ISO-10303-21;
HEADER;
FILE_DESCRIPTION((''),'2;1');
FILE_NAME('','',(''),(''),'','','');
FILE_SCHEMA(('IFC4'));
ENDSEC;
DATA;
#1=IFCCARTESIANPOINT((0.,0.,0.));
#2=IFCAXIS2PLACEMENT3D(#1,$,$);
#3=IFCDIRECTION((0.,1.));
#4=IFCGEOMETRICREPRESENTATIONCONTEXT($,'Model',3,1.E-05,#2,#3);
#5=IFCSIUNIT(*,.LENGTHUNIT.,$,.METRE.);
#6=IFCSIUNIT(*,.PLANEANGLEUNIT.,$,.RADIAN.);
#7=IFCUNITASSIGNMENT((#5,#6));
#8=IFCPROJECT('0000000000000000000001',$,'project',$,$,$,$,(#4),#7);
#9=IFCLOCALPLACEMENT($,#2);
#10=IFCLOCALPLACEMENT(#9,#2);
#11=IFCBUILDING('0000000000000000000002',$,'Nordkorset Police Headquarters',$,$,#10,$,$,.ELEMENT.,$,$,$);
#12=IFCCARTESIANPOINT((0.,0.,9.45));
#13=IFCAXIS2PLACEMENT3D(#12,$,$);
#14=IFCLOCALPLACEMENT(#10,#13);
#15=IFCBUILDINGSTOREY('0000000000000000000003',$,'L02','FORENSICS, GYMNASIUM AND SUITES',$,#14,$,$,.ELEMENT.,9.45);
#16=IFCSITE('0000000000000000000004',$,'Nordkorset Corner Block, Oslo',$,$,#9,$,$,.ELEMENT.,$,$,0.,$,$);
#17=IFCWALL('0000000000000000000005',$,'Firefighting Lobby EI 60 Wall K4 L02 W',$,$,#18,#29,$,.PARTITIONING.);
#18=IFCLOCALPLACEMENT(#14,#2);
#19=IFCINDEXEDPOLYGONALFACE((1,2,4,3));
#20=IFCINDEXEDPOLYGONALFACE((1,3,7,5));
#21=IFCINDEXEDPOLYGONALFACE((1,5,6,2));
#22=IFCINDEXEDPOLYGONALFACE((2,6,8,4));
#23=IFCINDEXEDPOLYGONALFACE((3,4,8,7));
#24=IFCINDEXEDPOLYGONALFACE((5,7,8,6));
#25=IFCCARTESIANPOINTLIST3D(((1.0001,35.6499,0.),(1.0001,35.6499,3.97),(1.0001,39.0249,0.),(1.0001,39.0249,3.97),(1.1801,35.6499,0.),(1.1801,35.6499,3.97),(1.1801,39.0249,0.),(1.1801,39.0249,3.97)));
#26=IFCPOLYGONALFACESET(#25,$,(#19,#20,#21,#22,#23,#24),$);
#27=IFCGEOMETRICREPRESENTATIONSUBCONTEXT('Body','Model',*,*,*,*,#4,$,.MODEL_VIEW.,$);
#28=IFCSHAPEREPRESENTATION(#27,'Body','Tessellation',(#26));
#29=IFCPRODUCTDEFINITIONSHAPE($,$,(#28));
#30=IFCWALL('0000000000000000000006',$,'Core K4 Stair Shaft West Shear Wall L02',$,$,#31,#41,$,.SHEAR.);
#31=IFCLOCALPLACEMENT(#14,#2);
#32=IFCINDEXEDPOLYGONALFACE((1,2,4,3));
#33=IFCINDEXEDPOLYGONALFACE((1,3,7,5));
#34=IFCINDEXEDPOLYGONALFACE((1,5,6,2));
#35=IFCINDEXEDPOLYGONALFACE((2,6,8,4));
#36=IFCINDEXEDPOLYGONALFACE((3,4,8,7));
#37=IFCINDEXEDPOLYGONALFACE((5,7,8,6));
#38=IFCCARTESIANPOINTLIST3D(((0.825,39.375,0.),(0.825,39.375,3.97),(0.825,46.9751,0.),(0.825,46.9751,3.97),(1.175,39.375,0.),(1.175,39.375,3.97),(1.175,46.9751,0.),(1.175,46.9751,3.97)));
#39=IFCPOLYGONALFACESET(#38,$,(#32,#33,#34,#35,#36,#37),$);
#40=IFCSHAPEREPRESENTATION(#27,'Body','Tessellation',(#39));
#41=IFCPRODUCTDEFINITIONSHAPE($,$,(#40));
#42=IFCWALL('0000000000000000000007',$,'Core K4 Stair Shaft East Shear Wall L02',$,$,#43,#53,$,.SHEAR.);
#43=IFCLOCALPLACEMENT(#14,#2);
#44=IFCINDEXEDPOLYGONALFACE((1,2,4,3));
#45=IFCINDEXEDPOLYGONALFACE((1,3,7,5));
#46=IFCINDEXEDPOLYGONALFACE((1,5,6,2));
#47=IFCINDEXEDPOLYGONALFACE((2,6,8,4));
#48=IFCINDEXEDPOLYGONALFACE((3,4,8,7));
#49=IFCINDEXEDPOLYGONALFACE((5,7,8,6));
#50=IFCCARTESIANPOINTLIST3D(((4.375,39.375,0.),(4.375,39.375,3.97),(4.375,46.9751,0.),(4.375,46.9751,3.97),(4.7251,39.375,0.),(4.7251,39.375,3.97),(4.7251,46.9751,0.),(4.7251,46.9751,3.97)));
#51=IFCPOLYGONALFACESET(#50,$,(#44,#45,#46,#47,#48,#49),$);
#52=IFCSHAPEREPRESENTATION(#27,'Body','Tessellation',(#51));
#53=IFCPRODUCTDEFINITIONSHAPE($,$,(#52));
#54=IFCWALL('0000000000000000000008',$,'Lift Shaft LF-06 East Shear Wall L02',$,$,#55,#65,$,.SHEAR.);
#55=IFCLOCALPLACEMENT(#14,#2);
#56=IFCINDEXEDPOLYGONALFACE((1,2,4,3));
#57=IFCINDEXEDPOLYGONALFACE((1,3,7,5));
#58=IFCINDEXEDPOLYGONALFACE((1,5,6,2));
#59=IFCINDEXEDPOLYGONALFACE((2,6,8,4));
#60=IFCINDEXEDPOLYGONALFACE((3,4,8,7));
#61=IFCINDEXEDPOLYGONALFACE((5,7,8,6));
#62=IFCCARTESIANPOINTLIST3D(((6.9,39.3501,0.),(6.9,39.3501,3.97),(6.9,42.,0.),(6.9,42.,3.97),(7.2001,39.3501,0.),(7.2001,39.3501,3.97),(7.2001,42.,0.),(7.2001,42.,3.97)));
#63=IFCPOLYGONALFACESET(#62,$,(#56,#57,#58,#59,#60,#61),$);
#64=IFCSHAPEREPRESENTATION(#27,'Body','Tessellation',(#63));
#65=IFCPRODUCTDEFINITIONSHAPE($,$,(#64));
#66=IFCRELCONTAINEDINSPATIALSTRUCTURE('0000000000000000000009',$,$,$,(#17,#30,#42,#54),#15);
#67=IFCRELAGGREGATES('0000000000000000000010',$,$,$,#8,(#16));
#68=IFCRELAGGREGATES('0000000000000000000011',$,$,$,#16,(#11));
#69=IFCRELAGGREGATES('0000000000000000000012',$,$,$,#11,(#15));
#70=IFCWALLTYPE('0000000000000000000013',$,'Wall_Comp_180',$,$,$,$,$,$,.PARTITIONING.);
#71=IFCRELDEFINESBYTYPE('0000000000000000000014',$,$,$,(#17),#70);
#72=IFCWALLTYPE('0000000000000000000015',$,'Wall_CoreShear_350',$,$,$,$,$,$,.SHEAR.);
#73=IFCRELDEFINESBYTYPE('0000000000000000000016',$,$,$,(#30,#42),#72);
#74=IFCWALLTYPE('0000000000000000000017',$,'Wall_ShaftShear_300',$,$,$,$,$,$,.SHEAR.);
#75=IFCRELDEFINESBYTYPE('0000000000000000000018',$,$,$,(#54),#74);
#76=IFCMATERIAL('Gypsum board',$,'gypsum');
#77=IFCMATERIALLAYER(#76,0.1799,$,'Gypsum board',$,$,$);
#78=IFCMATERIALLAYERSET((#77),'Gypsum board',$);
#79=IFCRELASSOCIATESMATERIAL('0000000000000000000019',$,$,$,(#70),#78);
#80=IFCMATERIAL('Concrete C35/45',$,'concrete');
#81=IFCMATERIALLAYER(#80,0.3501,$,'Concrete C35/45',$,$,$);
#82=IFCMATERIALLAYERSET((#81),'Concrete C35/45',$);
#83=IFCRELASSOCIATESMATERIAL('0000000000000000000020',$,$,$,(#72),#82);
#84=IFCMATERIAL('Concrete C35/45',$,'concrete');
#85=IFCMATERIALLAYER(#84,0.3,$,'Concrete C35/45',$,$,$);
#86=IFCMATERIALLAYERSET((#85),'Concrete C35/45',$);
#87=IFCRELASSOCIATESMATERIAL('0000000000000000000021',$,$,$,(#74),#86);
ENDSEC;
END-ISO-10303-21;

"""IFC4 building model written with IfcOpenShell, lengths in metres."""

from ifc_helpers import new_model, si_unit, direction, frame, frame_2d, origin, place, context, subcontext, project, spatial, rectangle, extrude, material, layer, layer_set, type_object, element, save


model = new_model("IFC4")

# Units and contexts
model_context = context("Model", 3, precision=1e-05, world=origin(), true_north=direction((0.0, 1.0)))
body_context = subcontext(model_context, "Body", "Model", "MODEL_VIEW")
ifc_project = project(units=[si_unit("LENGTHUNIT", "METRE"), si_unit("PLANEANGLEUNIT", "RADIAN")], contexts=[model_context])

# Site, building, storey
site_placement = place(None, origin())
site = spatial("IfcSite", under=ifc_project, at=site_placement, Name="Nordkorset Corner Block, Oslo", CompositionType="ELEMENT", RefElevation=0.0)
building_placement = place(site_placement, origin())
building = spatial("IfcBuilding", under=site, at=building_placement, Name="Nordkorset Police Headquarters", CompositionType="ELEMENT")
storey_placement = place(building_placement, frame((0.0, 0.0, 9.45)))
storey = spatial("IfcBuildingStorey", under=building, at=storey_placement, Name="L02", Description="FORENSICS, GYMNASIUM AND SUITES", CompositionType="ELEMENT", Elevation=9.45)

# Wall
ifc_material_1 = material(Name="Gypsum board", Category="gypsum")
ifc_layer_1 = layer(ifc_material_1, 0.1799, Name="Gypsum board")
ifc_layer_set_1 = layer_set([ifc_layer_1], Name="Gypsum board")
wall_type_1 = type_object("IfcWallType", Name="Wall_Comp_180", PredefinedType="PARTITIONING", material=ifc_layer_set_1)
wall_1_placement = place(storey_placement, frame((1.0901, 35.6499, 0.0), z_axis=(0.0, 0.0, 1.0), x_axis=(0.0, 1.0, 0.0)))
element("IfcWall", 1, at=wall_1_placement, inside=storey, type_object=wall_type_1, Name="Firefighting Lobby EI 60 Wall K4 L02 W", PredefinedType="PARTITIONING", context=body_context, shape_type="SweptSolid", body=[
    extrude(rectangle(XDim=3.375, YDim=0.1799, at=frame_2d((1.6875, 0.0))), origin(), (0.0, 0.0, 1.0), 3.97),
])

# Walls
ifc_material_2 = material(Name="Concrete C35/45", Category="concrete")
ifc_layer_2 = layer(ifc_material_2, 0.3501, Name="Concrete C35/45")
ifc_layer_set_2 = layer_set([ifc_layer_2], Name="Concrete C35/45")
wall_type_2 = type_object("IfcWallType", Name="Wall_CoreShear_350", PredefinedType="SHEAR", material=ifc_layer_set_2)
for number, where, z_axis, x_axis, name in (
    (2, (1.0, 39.375, 0.0), (0.0, 0.0, 1.0), (0.0, 1.0, 0.0), "Core K4 Stair Shaft West Shear Wall L02"),
    (3, (4.55, 39.375, 0.0), (0.0, 0.0, 1.0), (0.0, 1.0, 0.0), "Core K4 Stair Shaft East Shear Wall L02"),
):
    element("IfcWall", number, at=place(storey_placement, frame(where, z_axis=z_axis, x_axis=x_axis)), inside=storey, type_object=wall_type_2, Name=name, PredefinedType="SHEAR", context=body_context, shape_type="SweptSolid", body=[
        extrude(rectangle(XDim=7.6001, YDim=0.3501, at=frame_2d((3.8, 0.0))), origin(), (0.0, 0.0, 1.0), 3.97),
    ])

# Shared definitions
ifc_material_3 = material(Name="Concrete C35/45", Category="concrete")
ifc_layer_3 = layer(ifc_material_3, 0.3, Name="Concrete C35/45")
ifc_layer_set_3 = layer_set([ifc_layer_3], Name="Concrete C35/45")
wall_type_3 = type_object("IfcWallType", Name="Wall_ShaftShear_300", PredefinedType="SHEAR", material=ifc_layer_set_3)

# Wall
wall_2_placement = place(storey_placement, frame((7.05, 39.3501, 0.0), z_axis=(0.0, 0.0, 1.0), x_axis=(0.0, 1.0, 0.0)))
element("IfcWall", 4, at=wall_2_placement, inside=storey, type_object=wall_type_3, Name="Lift Shaft LF-06 East Shear Wall L02", PredefinedType="SHEAR", context=body_context, shape_type="SweptSolid", body=[
    extrude(rectangle(XDim=2.6499, YDim=0.3, at=frame_2d((1.325, 0.0))), origin(), (0.0, 0.0, 1.0), 3.97),
])

save(model, "model.ifc")
